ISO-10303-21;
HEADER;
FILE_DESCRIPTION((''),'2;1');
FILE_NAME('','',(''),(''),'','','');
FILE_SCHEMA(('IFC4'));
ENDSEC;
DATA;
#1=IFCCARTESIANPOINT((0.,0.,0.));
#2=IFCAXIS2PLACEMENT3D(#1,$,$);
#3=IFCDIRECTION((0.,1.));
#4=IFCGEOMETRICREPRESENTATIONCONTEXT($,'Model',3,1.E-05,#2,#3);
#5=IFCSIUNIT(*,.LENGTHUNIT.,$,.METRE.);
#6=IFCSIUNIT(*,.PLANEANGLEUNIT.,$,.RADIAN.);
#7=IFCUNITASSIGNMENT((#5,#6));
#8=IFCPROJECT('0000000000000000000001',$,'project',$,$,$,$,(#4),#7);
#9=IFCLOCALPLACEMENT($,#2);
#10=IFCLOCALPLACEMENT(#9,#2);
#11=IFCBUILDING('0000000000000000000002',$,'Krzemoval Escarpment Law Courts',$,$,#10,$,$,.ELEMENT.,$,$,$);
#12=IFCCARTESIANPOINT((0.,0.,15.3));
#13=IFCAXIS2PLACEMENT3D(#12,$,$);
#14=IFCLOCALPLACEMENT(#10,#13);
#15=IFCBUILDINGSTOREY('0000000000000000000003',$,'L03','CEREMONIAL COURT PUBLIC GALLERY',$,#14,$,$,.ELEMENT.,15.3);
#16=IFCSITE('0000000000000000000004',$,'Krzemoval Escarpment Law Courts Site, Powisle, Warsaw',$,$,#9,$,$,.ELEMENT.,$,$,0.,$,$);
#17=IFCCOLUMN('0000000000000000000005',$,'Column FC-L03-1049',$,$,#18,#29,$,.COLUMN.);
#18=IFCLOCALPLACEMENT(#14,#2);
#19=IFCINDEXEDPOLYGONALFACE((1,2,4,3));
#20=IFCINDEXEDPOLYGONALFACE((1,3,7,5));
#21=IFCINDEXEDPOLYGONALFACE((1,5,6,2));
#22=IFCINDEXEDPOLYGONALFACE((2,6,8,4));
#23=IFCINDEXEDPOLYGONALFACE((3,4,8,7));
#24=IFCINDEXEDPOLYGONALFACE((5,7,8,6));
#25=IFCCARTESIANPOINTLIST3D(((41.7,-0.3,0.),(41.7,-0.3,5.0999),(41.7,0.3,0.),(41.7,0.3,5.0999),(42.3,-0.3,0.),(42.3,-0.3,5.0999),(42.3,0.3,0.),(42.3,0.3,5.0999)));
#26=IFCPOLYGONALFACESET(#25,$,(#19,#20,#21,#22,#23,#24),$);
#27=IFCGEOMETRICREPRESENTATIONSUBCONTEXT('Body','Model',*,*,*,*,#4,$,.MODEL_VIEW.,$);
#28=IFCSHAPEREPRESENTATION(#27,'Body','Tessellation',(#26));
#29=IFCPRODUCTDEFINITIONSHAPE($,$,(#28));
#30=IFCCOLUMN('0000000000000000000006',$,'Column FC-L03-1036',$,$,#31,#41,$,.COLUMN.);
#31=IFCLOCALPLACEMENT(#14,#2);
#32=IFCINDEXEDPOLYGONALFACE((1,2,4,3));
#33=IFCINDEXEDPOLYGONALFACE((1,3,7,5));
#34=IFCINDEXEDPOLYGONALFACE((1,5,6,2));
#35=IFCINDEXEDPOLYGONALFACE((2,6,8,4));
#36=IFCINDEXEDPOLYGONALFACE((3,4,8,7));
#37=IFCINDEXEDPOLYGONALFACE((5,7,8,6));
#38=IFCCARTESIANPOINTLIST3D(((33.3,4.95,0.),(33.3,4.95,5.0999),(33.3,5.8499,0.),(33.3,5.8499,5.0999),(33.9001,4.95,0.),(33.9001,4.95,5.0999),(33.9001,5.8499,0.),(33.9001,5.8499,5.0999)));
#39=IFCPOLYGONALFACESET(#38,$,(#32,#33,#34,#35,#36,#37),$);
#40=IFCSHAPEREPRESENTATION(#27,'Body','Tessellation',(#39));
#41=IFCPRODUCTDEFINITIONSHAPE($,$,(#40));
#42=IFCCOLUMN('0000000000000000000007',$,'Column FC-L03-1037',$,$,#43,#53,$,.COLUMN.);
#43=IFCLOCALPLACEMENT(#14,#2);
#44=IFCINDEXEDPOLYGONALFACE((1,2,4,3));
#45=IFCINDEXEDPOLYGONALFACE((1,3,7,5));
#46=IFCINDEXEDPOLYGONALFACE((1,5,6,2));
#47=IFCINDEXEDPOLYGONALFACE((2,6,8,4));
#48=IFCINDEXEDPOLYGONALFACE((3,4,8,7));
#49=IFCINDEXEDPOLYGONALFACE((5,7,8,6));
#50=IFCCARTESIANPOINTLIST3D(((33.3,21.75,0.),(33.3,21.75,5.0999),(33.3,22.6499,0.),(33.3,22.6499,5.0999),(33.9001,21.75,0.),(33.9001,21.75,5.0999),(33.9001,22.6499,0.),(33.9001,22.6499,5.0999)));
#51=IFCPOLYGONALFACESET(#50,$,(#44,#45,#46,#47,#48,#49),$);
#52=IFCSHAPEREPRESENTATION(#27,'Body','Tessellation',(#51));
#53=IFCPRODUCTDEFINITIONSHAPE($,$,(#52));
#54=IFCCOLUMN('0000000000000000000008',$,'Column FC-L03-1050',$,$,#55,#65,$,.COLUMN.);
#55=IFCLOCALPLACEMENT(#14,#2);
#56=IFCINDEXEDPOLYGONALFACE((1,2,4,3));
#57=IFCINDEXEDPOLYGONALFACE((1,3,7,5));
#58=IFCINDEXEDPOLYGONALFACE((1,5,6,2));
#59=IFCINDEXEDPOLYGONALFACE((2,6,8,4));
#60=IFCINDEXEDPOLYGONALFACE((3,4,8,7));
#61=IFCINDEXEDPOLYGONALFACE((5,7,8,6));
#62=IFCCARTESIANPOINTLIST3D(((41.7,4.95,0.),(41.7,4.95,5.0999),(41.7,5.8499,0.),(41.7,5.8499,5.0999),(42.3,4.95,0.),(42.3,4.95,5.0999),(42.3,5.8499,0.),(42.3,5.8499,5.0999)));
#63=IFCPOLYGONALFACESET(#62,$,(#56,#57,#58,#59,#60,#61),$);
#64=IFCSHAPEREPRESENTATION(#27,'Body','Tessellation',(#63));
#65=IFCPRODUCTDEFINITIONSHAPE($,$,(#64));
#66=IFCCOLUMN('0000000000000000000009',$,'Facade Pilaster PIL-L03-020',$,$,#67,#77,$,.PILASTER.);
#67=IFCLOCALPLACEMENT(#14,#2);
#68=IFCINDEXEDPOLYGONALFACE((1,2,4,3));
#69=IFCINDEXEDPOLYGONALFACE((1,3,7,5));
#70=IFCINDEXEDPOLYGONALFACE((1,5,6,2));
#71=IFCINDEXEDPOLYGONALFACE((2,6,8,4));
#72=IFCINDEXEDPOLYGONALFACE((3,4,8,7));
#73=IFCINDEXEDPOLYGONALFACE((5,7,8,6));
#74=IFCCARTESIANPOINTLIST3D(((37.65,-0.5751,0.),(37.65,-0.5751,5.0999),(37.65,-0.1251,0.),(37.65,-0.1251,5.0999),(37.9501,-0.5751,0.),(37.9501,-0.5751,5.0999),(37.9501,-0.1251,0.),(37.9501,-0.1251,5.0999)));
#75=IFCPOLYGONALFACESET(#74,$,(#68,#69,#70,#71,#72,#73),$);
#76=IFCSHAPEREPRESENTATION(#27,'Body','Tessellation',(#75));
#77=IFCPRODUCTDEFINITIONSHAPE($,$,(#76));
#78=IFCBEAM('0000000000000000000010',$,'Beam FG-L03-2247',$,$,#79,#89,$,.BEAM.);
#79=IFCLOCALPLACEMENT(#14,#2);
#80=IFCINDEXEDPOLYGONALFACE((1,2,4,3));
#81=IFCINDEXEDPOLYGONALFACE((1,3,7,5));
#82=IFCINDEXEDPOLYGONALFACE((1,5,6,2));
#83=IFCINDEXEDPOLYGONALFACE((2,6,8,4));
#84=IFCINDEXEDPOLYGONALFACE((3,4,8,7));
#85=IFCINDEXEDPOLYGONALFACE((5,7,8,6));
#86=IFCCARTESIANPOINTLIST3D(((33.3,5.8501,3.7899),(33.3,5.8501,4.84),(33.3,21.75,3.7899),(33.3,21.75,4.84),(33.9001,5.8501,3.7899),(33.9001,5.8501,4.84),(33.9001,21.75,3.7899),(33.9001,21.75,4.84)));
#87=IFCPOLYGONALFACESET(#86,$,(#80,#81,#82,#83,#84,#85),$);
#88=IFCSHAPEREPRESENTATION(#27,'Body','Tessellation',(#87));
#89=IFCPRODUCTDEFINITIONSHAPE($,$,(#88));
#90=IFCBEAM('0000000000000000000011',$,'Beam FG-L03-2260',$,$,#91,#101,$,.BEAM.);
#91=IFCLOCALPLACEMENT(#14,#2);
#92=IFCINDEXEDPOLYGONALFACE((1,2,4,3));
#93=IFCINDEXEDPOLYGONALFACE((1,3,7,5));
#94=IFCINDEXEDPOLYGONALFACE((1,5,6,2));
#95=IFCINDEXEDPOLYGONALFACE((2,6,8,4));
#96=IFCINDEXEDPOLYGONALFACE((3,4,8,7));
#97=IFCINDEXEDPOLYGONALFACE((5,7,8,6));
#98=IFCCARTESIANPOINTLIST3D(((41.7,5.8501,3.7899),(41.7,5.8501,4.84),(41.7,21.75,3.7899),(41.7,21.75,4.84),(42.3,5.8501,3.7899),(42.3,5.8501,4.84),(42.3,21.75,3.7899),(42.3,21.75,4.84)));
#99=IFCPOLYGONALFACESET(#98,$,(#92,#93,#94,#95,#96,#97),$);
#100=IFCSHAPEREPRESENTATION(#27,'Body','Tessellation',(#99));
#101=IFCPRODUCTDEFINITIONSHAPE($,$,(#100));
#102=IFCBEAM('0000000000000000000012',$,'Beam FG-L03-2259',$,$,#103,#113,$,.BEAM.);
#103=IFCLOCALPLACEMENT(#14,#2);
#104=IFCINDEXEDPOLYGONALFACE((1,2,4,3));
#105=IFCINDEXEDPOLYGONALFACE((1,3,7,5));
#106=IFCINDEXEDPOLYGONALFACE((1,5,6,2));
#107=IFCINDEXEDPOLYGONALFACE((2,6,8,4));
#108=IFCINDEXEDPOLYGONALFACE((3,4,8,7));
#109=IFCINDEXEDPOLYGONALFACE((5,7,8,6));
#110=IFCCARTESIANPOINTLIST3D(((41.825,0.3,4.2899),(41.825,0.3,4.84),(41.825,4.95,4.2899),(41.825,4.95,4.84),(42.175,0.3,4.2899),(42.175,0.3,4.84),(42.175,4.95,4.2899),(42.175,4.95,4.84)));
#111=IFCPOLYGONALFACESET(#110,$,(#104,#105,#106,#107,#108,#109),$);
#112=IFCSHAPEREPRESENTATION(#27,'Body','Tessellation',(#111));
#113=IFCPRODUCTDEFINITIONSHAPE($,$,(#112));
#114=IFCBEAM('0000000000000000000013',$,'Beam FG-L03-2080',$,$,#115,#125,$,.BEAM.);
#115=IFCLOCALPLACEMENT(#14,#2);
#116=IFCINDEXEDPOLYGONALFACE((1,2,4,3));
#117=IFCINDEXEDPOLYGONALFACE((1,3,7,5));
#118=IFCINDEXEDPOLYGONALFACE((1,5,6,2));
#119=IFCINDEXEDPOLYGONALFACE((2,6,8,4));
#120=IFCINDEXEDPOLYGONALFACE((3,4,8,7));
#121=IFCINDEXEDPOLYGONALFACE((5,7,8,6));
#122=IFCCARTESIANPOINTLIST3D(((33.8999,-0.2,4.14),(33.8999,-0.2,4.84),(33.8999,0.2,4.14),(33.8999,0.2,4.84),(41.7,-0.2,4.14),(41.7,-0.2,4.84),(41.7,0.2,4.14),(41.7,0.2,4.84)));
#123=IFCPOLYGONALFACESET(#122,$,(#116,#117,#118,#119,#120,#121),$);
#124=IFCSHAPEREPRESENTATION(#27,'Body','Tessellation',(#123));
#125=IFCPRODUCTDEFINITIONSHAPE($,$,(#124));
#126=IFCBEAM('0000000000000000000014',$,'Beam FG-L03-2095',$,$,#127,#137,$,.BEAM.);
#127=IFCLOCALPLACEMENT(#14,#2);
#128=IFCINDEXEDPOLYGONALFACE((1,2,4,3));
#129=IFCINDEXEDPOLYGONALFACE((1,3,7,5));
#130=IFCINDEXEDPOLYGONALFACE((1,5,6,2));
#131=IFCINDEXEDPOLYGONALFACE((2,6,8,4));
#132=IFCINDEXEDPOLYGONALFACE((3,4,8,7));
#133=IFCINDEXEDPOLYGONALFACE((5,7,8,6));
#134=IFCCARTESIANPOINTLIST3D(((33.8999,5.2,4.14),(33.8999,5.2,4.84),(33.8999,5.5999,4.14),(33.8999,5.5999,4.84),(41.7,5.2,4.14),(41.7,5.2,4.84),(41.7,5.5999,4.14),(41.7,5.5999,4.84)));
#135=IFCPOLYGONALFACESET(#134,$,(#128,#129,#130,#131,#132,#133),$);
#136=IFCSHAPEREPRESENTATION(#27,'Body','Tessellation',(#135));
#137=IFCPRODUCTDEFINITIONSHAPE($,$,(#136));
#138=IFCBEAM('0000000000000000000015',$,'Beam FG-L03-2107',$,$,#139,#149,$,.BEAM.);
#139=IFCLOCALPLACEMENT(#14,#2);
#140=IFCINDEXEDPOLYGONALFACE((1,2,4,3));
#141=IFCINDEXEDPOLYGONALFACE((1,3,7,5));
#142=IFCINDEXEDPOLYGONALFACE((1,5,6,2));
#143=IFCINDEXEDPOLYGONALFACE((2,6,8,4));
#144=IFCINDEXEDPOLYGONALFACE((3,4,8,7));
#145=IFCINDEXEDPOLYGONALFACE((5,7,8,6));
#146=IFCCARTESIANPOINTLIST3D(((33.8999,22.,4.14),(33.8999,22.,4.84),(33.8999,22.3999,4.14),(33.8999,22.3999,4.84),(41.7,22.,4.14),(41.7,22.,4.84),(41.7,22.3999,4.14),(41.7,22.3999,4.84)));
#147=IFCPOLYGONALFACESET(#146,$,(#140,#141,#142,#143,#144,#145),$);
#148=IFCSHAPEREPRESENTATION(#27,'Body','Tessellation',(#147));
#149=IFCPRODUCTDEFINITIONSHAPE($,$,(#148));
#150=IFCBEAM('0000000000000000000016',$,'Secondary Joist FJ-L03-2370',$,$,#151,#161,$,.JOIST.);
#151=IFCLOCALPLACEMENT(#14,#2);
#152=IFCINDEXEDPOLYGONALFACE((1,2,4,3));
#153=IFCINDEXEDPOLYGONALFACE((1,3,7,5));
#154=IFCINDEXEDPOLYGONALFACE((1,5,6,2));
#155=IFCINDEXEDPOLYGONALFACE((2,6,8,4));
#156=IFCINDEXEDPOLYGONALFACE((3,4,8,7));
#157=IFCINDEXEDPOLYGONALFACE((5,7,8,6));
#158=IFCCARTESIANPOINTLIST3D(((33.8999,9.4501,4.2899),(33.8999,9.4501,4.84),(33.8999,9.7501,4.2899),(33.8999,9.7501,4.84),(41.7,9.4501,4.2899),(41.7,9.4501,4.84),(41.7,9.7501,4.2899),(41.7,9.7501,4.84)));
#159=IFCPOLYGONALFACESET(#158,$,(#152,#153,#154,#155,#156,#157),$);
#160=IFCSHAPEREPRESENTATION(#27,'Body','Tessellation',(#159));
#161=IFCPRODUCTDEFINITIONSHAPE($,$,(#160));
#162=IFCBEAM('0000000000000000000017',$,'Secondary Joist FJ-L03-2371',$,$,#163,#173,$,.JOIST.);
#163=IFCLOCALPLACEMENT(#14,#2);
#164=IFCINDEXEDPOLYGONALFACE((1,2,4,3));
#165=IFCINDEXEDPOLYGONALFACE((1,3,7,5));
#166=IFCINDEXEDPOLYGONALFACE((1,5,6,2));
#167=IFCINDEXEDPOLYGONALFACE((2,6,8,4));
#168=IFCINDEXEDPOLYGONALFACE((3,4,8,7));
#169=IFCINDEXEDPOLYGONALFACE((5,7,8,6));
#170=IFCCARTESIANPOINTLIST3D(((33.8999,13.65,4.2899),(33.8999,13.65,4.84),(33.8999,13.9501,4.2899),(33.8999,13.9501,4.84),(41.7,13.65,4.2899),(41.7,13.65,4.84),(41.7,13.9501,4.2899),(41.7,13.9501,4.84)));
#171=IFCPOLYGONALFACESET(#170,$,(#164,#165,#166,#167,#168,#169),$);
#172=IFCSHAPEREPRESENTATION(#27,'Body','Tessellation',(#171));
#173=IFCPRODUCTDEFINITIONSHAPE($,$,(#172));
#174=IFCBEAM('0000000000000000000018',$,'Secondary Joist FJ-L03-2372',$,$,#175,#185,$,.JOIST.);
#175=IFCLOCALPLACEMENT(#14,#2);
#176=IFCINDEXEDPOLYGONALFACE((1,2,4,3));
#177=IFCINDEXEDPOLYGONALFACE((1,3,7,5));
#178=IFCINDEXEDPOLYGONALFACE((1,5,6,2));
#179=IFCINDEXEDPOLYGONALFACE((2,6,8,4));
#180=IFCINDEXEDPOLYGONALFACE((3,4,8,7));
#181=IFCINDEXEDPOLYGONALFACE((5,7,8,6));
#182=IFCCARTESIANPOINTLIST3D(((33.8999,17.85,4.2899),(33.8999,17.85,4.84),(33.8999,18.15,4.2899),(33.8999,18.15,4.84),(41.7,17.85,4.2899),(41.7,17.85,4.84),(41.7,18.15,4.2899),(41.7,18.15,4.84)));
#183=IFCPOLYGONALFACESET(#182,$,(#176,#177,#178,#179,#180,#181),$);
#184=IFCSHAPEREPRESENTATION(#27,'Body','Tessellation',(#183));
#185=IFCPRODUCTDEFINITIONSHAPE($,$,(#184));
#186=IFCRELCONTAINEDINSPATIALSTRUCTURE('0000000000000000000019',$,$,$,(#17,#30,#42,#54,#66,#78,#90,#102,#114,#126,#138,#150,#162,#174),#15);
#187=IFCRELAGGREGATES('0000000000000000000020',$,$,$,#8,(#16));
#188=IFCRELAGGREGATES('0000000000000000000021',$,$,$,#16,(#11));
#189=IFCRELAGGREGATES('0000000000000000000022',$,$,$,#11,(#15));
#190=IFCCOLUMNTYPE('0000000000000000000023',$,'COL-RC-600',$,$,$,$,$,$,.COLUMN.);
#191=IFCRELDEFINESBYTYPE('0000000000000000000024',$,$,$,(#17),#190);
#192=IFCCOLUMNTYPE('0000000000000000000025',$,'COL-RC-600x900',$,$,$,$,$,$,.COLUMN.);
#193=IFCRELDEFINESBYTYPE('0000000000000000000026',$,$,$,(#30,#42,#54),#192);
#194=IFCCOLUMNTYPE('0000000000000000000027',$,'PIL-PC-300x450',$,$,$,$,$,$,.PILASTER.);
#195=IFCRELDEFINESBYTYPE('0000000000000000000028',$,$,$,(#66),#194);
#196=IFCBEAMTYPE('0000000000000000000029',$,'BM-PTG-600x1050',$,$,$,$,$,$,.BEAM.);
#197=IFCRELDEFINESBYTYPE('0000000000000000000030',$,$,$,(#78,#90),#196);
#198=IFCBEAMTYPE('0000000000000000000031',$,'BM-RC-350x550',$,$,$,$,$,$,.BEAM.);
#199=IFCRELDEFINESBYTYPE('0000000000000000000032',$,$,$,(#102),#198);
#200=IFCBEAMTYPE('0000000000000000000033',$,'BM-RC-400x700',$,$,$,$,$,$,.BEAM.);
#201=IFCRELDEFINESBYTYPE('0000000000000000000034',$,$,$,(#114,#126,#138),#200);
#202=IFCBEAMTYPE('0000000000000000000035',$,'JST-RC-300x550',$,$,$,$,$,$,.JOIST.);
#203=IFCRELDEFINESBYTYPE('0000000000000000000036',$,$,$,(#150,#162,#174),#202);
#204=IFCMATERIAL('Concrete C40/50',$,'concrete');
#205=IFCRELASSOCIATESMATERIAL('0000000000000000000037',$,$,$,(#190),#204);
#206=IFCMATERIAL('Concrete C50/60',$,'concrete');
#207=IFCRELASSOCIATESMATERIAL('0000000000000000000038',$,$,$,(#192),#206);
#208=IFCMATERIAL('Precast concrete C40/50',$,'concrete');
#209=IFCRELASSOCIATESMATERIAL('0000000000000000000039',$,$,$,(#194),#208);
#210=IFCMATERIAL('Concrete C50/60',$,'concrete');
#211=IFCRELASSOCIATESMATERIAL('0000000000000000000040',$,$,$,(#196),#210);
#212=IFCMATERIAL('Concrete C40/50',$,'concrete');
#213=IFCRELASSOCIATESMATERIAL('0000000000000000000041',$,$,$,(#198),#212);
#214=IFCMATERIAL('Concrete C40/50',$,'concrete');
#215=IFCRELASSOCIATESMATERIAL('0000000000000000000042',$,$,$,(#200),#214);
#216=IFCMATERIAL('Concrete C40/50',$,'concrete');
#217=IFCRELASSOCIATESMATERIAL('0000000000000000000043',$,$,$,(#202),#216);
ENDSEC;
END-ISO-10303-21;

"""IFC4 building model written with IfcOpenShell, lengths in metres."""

from ifc_helpers import new_model, si_unit, direction, frame, origin, origin_2d, place, context, subcontext, project, spatial, rectangle, extrude, material, material_profile, profile_set, type_object, element, save


model = new_model("IFC4")

# Units and contexts
model_context = context("Model", 3, precision=1e-05, world=origin(), true_north=direction((0.0, 1.0)))
body_context = subcontext(model_context, "Body", "Model", "MODEL_VIEW")
ifc_project = project(units=[si_unit("LENGTHUNIT", "METRE"), si_unit("PLANEANGLEUNIT", "RADIAN")], contexts=[model_context])

# Site, building, storey
site_placement = place(None, origin())
site = spatial("IfcSite", under=ifc_project, at=site_placement, Name="Krzemoval Escarpment Law Courts Site, Powisle, Warsaw", CompositionType="ELEMENT", RefElevation=0.0)
building_placement = place(site_placement, origin())
building = spatial("IfcBuilding", under=site, at=building_placement, Name="Krzemoval Escarpment Law Courts", CompositionType="ELEMENT")
storey_placement = place(building_placement, frame((0.0, 0.0, 15.3)))
storey = spatial("IfcBuildingStorey", under=building, at=storey_placement, Name="L03", Description="CEREMONIAL COURT PUBLIC GALLERY", CompositionType="ELEMENT", Elevation=15.3)

# Columns
ifc_material_1 = material(Name="Concrete C40/50", Category="concrete")
ifc_material_profile_1 = material_profile(ifc_material_1, rectangle(XDim=0.6001, YDim=0.6001, at=origin_2d()), Name="RC 600x600")
ifc_profile_set_1 = profile_set([ifc_material_profile_1], Name="Concrete C40/50")
column_type_1 = type_object("IfcColumnType", Name="COL-RC-600", PredefinedType="COLUMN", material=ifc_profile_set_1)
column_1_placement = place(storey_placement, frame((42.0, 0.0, 0.0), z_axis=(0.0, 0.0, 1.0), x_axis=(1.0, 0.0, 0.0)))
element("IfcColumn", 1, at=column_1_placement, inside=storey, type_object=column_type_1, Name="Column FC-L03-1049", PredefinedType="COLUMN", context=body_context, shape_type="SweptSolid", body=[
    extrude(rectangle(XDim=0.6001, YDim=0.6001, at=origin_2d()), origin(), (0.0, 0.0, 1.0), 5.0999),
])
ifc_material_2 = material(Name="Concrete C50/60", Category="concrete")
ifc_material_profile_2 = material_profile(ifc_material_2, rectangle(XDim=0.6001, YDim=0.8999, at=origin_2d()), Name="RC 600x900")
ifc_profile_set_2 = profile_set([ifc_material_profile_2], Name="Concrete C50/60")
column_type_2 = type_object("IfcColumnType", Name="COL-RC-600x900", PredefinedType="COLUMN", material=ifc_profile_set_2)
for number, where, z_axis, x_axis, name in (
    (2, (33.6001, 5.3999, 0.0), (0.0, 0.0, 1.0), (1.0, 0.0, 0.0), "Column FC-L03-1036"),
    (3, (33.6001, 22.2, 0.0), (0.0, 0.0, 1.0), (1.0, 0.0, 0.0), "Column FC-L03-1037"),
    (4, (42.0, 5.3999, 0.0), (0.0, 0.0, 1.0), (1.0, 0.0, 0.0), "Column FC-L03-1050"),
):
    element("IfcColumn", number, at=place(storey_placement, frame(where, z_axis=z_axis, x_axis=x_axis)), inside=storey, type_object=column_type_2, Name=name, PredefinedType="COLUMN", context=body_context, shape_type="SweptSolid", body=[
        extrude(rectangle(XDim=0.6001, YDim=0.8999, at=origin_2d()), origin(), (0.0, 0.0, 1.0), 5.0999),
    ])
ifc_material_3 = material(Name="Precast concrete C40/50", Category="concrete")
ifc_material_profile_3 = material_profile(ifc_material_3, rectangle(XDim=0.3, YDim=0.45, at=origin_2d()), Name="PIL 300x450")
ifc_profile_set_3 = profile_set([ifc_material_profile_3], Name="Precast concrete C40/50")
column_type_3 = type_object("IfcColumnType", Name="PIL-PC-300x450", PredefinedType="PILASTER", material=ifc_profile_set_3)
column_2_placement = place(storey_placement, frame((37.8, -0.3501, 0.0), z_axis=(0.0, 0.0, 1.0), x_axis=(1.0, 0.0, 0.0)))
element("IfcColumn", 5, at=column_2_placement, inside=storey, type_object=column_type_3, Name="Facade Pilaster PIL-L03-020", PredefinedType="PILASTER", context=body_context, shape_type="SweptSolid", body=[
    extrude(rectangle(XDim=0.3, YDim=0.45, at=origin_2d()), origin(), (0.0, 0.0, 1.0), 5.0999),
])

# Beams
ifc_material_4 = material(Name="Concrete C50/60", Category="concrete")
ifc_material_profile_4 = material_profile(ifc_material_4, rectangle(XDim=0.6001, YDim=1.05, at=origin_2d()), Name="PTG 600x1050")
ifc_profile_set_4 = profile_set([ifc_material_profile_4], Name="Concrete C50/60")
beam_type_1 = type_object("IfcBeamType", Name="BM-PTG-600x1050", PredefinedType="BEAM", material=ifc_profile_set_4)
for number, where, z_axis, x_axis, name in (
    (6, (33.6001, 5.8501, 4.3149), (0.0, 1.0, 0.0), (-1.0, 0.0, 0.0), "Beam FG-L03-2247"),
    (7, (42.0, 5.8501, 4.3149), (0.0, 1.0, 0.0), (-1.0, 0.0, 0.0), "Beam FG-L03-2260"),
):
    element("IfcBeam", number, at=place(storey_placement, frame(where, z_axis=z_axis, x_axis=x_axis)), inside=storey, type_object=beam_type_1, Name=name, PredefinedType="BEAM", context=body_context, shape_type="SweptSolid", body=[
        extrude(rectangle(XDim=0.6001, YDim=1.05, at=origin_2d()), origin(), (0.0, 0.0, 1.0), 15.8999),
    ])
ifc_material_5 = material(Name="Concrete C40/50", Category="concrete")
ifc_material_profile_5 = material_profile(ifc_material_5, rectangle(XDim=0.3501, YDim=0.55, at=origin_2d()), Name="RCB 350x550")
ifc_profile_set_5 = profile_set([ifc_material_profile_5], Name="Concrete C40/50")
beam_type_2 = type_object("IfcBeamType", Name="BM-RC-350x550", PredefinedType="BEAM", material=ifc_profile_set_5)
beam_placement = place(storey_placement, frame((42.0, 0.3, 4.5649), z_axis=(0.0, 1.0, 0.0), x_axis=(-1.0, 0.0, 0.0)))
element("IfcBeam", 8, at=beam_placement, inside=storey, type_object=beam_type_2, Name="Beam FG-L03-2259", PredefinedType="BEAM", context=body_context, shape_type="SweptSolid", body=[
    extrude(rectangle(XDim=0.3501, YDim=0.55, at=origin_2d()), origin(), (0.0, 0.0, 1.0), 4.6499),
])
ifc_material_6 = material(Name="Concrete C40/50", Category="concrete")
ifc_material_profile_6 = material_profile(ifc_material_6, rectangle(XDim=0.3999, YDim=0.7, at=origin_2d()), Name="RCB 400x700")
ifc_profile_set_6 = profile_set([ifc_material_profile_6], Name="Concrete C40/50")
beam_type_3 = type_object("IfcBeamType", Name="BM-RC-400x700", PredefinedType="BEAM", material=ifc_profile_set_6)
for number, where, z_axis, x_axis, name in (
    (9, (33.8999, 0.0, 4.49), (1.0, 0.0, 0.0), (0.0, 1.0, 0.0), "Beam FG-L03-2080"),
    (10, (33.8999, 5.3999, 4.49), (1.0, 0.0, 0.0), (0.0, 1.0, 0.0), "Beam FG-L03-2095"),
    (11, (33.8999, 22.2, 4.49), (1.0, 0.0, 0.0), (0.0, 1.0, 0.0), "Beam FG-L03-2107"),
):
    element("IfcBeam", number, at=place(storey_placement, frame(where, z_axis=z_axis, x_axis=x_axis)), inside=storey, type_object=beam_type_3, Name=name, PredefinedType="BEAM", context=body_context, shape_type="SweptSolid", body=[
        extrude(rectangle(XDim=0.3999, YDim=0.7, at=origin_2d()), origin(), (0.0, 0.0, 1.0), 7.8),
    ])
ifc_material_7 = material(Name="Concrete C40/50", Category="concrete")
ifc_material_profile_7 = material_profile(ifc_material_7, rectangle(XDim=0.3, YDim=0.55, at=origin_2d()), Name="RCB 300x550")
ifc_profile_set_7 = profile_set([ifc_material_profile_7], Name="Concrete C40/50")
beam_type_4 = type_object("IfcBeamType", Name="JST-RC-300x550", PredefinedType="JOIST", material=ifc_profile_set_7)
for number, where, z_axis, x_axis, name in (
    (12, (33.8999, 9.6001, 4.5649), (1.0, 0.0, 0.0), (0.0, 1.0, 0.0), "Secondary Joist FJ-L03-2370"),
    (13, (33.8999, 13.8, 4.5649), (1.0, 0.0, 0.0), (0.0, 1.0, 0.0), "Secondary Joist FJ-L03-2371"),
    (14, (33.8999, 18.0, 4.5649), (1.0, 0.0, 0.0), (0.0, 1.0, 0.0), "Secondary Joist FJ-L03-2372"),
):
    element("IfcBeam", number, at=place(storey_placement, frame(where, z_axis=z_axis, x_axis=x_axis)), inside=storey, type_object=beam_type_4, Name=name, PredefinedType="JOIST", context=body_context, shape_type="SweptSolid", body=[
        extrude(rectangle(XDim=0.3, YDim=0.55, at=origin_2d()), origin(), (0.0, 0.0, 1.0), 7.8),
    ])

save(model, "model.ifc")
